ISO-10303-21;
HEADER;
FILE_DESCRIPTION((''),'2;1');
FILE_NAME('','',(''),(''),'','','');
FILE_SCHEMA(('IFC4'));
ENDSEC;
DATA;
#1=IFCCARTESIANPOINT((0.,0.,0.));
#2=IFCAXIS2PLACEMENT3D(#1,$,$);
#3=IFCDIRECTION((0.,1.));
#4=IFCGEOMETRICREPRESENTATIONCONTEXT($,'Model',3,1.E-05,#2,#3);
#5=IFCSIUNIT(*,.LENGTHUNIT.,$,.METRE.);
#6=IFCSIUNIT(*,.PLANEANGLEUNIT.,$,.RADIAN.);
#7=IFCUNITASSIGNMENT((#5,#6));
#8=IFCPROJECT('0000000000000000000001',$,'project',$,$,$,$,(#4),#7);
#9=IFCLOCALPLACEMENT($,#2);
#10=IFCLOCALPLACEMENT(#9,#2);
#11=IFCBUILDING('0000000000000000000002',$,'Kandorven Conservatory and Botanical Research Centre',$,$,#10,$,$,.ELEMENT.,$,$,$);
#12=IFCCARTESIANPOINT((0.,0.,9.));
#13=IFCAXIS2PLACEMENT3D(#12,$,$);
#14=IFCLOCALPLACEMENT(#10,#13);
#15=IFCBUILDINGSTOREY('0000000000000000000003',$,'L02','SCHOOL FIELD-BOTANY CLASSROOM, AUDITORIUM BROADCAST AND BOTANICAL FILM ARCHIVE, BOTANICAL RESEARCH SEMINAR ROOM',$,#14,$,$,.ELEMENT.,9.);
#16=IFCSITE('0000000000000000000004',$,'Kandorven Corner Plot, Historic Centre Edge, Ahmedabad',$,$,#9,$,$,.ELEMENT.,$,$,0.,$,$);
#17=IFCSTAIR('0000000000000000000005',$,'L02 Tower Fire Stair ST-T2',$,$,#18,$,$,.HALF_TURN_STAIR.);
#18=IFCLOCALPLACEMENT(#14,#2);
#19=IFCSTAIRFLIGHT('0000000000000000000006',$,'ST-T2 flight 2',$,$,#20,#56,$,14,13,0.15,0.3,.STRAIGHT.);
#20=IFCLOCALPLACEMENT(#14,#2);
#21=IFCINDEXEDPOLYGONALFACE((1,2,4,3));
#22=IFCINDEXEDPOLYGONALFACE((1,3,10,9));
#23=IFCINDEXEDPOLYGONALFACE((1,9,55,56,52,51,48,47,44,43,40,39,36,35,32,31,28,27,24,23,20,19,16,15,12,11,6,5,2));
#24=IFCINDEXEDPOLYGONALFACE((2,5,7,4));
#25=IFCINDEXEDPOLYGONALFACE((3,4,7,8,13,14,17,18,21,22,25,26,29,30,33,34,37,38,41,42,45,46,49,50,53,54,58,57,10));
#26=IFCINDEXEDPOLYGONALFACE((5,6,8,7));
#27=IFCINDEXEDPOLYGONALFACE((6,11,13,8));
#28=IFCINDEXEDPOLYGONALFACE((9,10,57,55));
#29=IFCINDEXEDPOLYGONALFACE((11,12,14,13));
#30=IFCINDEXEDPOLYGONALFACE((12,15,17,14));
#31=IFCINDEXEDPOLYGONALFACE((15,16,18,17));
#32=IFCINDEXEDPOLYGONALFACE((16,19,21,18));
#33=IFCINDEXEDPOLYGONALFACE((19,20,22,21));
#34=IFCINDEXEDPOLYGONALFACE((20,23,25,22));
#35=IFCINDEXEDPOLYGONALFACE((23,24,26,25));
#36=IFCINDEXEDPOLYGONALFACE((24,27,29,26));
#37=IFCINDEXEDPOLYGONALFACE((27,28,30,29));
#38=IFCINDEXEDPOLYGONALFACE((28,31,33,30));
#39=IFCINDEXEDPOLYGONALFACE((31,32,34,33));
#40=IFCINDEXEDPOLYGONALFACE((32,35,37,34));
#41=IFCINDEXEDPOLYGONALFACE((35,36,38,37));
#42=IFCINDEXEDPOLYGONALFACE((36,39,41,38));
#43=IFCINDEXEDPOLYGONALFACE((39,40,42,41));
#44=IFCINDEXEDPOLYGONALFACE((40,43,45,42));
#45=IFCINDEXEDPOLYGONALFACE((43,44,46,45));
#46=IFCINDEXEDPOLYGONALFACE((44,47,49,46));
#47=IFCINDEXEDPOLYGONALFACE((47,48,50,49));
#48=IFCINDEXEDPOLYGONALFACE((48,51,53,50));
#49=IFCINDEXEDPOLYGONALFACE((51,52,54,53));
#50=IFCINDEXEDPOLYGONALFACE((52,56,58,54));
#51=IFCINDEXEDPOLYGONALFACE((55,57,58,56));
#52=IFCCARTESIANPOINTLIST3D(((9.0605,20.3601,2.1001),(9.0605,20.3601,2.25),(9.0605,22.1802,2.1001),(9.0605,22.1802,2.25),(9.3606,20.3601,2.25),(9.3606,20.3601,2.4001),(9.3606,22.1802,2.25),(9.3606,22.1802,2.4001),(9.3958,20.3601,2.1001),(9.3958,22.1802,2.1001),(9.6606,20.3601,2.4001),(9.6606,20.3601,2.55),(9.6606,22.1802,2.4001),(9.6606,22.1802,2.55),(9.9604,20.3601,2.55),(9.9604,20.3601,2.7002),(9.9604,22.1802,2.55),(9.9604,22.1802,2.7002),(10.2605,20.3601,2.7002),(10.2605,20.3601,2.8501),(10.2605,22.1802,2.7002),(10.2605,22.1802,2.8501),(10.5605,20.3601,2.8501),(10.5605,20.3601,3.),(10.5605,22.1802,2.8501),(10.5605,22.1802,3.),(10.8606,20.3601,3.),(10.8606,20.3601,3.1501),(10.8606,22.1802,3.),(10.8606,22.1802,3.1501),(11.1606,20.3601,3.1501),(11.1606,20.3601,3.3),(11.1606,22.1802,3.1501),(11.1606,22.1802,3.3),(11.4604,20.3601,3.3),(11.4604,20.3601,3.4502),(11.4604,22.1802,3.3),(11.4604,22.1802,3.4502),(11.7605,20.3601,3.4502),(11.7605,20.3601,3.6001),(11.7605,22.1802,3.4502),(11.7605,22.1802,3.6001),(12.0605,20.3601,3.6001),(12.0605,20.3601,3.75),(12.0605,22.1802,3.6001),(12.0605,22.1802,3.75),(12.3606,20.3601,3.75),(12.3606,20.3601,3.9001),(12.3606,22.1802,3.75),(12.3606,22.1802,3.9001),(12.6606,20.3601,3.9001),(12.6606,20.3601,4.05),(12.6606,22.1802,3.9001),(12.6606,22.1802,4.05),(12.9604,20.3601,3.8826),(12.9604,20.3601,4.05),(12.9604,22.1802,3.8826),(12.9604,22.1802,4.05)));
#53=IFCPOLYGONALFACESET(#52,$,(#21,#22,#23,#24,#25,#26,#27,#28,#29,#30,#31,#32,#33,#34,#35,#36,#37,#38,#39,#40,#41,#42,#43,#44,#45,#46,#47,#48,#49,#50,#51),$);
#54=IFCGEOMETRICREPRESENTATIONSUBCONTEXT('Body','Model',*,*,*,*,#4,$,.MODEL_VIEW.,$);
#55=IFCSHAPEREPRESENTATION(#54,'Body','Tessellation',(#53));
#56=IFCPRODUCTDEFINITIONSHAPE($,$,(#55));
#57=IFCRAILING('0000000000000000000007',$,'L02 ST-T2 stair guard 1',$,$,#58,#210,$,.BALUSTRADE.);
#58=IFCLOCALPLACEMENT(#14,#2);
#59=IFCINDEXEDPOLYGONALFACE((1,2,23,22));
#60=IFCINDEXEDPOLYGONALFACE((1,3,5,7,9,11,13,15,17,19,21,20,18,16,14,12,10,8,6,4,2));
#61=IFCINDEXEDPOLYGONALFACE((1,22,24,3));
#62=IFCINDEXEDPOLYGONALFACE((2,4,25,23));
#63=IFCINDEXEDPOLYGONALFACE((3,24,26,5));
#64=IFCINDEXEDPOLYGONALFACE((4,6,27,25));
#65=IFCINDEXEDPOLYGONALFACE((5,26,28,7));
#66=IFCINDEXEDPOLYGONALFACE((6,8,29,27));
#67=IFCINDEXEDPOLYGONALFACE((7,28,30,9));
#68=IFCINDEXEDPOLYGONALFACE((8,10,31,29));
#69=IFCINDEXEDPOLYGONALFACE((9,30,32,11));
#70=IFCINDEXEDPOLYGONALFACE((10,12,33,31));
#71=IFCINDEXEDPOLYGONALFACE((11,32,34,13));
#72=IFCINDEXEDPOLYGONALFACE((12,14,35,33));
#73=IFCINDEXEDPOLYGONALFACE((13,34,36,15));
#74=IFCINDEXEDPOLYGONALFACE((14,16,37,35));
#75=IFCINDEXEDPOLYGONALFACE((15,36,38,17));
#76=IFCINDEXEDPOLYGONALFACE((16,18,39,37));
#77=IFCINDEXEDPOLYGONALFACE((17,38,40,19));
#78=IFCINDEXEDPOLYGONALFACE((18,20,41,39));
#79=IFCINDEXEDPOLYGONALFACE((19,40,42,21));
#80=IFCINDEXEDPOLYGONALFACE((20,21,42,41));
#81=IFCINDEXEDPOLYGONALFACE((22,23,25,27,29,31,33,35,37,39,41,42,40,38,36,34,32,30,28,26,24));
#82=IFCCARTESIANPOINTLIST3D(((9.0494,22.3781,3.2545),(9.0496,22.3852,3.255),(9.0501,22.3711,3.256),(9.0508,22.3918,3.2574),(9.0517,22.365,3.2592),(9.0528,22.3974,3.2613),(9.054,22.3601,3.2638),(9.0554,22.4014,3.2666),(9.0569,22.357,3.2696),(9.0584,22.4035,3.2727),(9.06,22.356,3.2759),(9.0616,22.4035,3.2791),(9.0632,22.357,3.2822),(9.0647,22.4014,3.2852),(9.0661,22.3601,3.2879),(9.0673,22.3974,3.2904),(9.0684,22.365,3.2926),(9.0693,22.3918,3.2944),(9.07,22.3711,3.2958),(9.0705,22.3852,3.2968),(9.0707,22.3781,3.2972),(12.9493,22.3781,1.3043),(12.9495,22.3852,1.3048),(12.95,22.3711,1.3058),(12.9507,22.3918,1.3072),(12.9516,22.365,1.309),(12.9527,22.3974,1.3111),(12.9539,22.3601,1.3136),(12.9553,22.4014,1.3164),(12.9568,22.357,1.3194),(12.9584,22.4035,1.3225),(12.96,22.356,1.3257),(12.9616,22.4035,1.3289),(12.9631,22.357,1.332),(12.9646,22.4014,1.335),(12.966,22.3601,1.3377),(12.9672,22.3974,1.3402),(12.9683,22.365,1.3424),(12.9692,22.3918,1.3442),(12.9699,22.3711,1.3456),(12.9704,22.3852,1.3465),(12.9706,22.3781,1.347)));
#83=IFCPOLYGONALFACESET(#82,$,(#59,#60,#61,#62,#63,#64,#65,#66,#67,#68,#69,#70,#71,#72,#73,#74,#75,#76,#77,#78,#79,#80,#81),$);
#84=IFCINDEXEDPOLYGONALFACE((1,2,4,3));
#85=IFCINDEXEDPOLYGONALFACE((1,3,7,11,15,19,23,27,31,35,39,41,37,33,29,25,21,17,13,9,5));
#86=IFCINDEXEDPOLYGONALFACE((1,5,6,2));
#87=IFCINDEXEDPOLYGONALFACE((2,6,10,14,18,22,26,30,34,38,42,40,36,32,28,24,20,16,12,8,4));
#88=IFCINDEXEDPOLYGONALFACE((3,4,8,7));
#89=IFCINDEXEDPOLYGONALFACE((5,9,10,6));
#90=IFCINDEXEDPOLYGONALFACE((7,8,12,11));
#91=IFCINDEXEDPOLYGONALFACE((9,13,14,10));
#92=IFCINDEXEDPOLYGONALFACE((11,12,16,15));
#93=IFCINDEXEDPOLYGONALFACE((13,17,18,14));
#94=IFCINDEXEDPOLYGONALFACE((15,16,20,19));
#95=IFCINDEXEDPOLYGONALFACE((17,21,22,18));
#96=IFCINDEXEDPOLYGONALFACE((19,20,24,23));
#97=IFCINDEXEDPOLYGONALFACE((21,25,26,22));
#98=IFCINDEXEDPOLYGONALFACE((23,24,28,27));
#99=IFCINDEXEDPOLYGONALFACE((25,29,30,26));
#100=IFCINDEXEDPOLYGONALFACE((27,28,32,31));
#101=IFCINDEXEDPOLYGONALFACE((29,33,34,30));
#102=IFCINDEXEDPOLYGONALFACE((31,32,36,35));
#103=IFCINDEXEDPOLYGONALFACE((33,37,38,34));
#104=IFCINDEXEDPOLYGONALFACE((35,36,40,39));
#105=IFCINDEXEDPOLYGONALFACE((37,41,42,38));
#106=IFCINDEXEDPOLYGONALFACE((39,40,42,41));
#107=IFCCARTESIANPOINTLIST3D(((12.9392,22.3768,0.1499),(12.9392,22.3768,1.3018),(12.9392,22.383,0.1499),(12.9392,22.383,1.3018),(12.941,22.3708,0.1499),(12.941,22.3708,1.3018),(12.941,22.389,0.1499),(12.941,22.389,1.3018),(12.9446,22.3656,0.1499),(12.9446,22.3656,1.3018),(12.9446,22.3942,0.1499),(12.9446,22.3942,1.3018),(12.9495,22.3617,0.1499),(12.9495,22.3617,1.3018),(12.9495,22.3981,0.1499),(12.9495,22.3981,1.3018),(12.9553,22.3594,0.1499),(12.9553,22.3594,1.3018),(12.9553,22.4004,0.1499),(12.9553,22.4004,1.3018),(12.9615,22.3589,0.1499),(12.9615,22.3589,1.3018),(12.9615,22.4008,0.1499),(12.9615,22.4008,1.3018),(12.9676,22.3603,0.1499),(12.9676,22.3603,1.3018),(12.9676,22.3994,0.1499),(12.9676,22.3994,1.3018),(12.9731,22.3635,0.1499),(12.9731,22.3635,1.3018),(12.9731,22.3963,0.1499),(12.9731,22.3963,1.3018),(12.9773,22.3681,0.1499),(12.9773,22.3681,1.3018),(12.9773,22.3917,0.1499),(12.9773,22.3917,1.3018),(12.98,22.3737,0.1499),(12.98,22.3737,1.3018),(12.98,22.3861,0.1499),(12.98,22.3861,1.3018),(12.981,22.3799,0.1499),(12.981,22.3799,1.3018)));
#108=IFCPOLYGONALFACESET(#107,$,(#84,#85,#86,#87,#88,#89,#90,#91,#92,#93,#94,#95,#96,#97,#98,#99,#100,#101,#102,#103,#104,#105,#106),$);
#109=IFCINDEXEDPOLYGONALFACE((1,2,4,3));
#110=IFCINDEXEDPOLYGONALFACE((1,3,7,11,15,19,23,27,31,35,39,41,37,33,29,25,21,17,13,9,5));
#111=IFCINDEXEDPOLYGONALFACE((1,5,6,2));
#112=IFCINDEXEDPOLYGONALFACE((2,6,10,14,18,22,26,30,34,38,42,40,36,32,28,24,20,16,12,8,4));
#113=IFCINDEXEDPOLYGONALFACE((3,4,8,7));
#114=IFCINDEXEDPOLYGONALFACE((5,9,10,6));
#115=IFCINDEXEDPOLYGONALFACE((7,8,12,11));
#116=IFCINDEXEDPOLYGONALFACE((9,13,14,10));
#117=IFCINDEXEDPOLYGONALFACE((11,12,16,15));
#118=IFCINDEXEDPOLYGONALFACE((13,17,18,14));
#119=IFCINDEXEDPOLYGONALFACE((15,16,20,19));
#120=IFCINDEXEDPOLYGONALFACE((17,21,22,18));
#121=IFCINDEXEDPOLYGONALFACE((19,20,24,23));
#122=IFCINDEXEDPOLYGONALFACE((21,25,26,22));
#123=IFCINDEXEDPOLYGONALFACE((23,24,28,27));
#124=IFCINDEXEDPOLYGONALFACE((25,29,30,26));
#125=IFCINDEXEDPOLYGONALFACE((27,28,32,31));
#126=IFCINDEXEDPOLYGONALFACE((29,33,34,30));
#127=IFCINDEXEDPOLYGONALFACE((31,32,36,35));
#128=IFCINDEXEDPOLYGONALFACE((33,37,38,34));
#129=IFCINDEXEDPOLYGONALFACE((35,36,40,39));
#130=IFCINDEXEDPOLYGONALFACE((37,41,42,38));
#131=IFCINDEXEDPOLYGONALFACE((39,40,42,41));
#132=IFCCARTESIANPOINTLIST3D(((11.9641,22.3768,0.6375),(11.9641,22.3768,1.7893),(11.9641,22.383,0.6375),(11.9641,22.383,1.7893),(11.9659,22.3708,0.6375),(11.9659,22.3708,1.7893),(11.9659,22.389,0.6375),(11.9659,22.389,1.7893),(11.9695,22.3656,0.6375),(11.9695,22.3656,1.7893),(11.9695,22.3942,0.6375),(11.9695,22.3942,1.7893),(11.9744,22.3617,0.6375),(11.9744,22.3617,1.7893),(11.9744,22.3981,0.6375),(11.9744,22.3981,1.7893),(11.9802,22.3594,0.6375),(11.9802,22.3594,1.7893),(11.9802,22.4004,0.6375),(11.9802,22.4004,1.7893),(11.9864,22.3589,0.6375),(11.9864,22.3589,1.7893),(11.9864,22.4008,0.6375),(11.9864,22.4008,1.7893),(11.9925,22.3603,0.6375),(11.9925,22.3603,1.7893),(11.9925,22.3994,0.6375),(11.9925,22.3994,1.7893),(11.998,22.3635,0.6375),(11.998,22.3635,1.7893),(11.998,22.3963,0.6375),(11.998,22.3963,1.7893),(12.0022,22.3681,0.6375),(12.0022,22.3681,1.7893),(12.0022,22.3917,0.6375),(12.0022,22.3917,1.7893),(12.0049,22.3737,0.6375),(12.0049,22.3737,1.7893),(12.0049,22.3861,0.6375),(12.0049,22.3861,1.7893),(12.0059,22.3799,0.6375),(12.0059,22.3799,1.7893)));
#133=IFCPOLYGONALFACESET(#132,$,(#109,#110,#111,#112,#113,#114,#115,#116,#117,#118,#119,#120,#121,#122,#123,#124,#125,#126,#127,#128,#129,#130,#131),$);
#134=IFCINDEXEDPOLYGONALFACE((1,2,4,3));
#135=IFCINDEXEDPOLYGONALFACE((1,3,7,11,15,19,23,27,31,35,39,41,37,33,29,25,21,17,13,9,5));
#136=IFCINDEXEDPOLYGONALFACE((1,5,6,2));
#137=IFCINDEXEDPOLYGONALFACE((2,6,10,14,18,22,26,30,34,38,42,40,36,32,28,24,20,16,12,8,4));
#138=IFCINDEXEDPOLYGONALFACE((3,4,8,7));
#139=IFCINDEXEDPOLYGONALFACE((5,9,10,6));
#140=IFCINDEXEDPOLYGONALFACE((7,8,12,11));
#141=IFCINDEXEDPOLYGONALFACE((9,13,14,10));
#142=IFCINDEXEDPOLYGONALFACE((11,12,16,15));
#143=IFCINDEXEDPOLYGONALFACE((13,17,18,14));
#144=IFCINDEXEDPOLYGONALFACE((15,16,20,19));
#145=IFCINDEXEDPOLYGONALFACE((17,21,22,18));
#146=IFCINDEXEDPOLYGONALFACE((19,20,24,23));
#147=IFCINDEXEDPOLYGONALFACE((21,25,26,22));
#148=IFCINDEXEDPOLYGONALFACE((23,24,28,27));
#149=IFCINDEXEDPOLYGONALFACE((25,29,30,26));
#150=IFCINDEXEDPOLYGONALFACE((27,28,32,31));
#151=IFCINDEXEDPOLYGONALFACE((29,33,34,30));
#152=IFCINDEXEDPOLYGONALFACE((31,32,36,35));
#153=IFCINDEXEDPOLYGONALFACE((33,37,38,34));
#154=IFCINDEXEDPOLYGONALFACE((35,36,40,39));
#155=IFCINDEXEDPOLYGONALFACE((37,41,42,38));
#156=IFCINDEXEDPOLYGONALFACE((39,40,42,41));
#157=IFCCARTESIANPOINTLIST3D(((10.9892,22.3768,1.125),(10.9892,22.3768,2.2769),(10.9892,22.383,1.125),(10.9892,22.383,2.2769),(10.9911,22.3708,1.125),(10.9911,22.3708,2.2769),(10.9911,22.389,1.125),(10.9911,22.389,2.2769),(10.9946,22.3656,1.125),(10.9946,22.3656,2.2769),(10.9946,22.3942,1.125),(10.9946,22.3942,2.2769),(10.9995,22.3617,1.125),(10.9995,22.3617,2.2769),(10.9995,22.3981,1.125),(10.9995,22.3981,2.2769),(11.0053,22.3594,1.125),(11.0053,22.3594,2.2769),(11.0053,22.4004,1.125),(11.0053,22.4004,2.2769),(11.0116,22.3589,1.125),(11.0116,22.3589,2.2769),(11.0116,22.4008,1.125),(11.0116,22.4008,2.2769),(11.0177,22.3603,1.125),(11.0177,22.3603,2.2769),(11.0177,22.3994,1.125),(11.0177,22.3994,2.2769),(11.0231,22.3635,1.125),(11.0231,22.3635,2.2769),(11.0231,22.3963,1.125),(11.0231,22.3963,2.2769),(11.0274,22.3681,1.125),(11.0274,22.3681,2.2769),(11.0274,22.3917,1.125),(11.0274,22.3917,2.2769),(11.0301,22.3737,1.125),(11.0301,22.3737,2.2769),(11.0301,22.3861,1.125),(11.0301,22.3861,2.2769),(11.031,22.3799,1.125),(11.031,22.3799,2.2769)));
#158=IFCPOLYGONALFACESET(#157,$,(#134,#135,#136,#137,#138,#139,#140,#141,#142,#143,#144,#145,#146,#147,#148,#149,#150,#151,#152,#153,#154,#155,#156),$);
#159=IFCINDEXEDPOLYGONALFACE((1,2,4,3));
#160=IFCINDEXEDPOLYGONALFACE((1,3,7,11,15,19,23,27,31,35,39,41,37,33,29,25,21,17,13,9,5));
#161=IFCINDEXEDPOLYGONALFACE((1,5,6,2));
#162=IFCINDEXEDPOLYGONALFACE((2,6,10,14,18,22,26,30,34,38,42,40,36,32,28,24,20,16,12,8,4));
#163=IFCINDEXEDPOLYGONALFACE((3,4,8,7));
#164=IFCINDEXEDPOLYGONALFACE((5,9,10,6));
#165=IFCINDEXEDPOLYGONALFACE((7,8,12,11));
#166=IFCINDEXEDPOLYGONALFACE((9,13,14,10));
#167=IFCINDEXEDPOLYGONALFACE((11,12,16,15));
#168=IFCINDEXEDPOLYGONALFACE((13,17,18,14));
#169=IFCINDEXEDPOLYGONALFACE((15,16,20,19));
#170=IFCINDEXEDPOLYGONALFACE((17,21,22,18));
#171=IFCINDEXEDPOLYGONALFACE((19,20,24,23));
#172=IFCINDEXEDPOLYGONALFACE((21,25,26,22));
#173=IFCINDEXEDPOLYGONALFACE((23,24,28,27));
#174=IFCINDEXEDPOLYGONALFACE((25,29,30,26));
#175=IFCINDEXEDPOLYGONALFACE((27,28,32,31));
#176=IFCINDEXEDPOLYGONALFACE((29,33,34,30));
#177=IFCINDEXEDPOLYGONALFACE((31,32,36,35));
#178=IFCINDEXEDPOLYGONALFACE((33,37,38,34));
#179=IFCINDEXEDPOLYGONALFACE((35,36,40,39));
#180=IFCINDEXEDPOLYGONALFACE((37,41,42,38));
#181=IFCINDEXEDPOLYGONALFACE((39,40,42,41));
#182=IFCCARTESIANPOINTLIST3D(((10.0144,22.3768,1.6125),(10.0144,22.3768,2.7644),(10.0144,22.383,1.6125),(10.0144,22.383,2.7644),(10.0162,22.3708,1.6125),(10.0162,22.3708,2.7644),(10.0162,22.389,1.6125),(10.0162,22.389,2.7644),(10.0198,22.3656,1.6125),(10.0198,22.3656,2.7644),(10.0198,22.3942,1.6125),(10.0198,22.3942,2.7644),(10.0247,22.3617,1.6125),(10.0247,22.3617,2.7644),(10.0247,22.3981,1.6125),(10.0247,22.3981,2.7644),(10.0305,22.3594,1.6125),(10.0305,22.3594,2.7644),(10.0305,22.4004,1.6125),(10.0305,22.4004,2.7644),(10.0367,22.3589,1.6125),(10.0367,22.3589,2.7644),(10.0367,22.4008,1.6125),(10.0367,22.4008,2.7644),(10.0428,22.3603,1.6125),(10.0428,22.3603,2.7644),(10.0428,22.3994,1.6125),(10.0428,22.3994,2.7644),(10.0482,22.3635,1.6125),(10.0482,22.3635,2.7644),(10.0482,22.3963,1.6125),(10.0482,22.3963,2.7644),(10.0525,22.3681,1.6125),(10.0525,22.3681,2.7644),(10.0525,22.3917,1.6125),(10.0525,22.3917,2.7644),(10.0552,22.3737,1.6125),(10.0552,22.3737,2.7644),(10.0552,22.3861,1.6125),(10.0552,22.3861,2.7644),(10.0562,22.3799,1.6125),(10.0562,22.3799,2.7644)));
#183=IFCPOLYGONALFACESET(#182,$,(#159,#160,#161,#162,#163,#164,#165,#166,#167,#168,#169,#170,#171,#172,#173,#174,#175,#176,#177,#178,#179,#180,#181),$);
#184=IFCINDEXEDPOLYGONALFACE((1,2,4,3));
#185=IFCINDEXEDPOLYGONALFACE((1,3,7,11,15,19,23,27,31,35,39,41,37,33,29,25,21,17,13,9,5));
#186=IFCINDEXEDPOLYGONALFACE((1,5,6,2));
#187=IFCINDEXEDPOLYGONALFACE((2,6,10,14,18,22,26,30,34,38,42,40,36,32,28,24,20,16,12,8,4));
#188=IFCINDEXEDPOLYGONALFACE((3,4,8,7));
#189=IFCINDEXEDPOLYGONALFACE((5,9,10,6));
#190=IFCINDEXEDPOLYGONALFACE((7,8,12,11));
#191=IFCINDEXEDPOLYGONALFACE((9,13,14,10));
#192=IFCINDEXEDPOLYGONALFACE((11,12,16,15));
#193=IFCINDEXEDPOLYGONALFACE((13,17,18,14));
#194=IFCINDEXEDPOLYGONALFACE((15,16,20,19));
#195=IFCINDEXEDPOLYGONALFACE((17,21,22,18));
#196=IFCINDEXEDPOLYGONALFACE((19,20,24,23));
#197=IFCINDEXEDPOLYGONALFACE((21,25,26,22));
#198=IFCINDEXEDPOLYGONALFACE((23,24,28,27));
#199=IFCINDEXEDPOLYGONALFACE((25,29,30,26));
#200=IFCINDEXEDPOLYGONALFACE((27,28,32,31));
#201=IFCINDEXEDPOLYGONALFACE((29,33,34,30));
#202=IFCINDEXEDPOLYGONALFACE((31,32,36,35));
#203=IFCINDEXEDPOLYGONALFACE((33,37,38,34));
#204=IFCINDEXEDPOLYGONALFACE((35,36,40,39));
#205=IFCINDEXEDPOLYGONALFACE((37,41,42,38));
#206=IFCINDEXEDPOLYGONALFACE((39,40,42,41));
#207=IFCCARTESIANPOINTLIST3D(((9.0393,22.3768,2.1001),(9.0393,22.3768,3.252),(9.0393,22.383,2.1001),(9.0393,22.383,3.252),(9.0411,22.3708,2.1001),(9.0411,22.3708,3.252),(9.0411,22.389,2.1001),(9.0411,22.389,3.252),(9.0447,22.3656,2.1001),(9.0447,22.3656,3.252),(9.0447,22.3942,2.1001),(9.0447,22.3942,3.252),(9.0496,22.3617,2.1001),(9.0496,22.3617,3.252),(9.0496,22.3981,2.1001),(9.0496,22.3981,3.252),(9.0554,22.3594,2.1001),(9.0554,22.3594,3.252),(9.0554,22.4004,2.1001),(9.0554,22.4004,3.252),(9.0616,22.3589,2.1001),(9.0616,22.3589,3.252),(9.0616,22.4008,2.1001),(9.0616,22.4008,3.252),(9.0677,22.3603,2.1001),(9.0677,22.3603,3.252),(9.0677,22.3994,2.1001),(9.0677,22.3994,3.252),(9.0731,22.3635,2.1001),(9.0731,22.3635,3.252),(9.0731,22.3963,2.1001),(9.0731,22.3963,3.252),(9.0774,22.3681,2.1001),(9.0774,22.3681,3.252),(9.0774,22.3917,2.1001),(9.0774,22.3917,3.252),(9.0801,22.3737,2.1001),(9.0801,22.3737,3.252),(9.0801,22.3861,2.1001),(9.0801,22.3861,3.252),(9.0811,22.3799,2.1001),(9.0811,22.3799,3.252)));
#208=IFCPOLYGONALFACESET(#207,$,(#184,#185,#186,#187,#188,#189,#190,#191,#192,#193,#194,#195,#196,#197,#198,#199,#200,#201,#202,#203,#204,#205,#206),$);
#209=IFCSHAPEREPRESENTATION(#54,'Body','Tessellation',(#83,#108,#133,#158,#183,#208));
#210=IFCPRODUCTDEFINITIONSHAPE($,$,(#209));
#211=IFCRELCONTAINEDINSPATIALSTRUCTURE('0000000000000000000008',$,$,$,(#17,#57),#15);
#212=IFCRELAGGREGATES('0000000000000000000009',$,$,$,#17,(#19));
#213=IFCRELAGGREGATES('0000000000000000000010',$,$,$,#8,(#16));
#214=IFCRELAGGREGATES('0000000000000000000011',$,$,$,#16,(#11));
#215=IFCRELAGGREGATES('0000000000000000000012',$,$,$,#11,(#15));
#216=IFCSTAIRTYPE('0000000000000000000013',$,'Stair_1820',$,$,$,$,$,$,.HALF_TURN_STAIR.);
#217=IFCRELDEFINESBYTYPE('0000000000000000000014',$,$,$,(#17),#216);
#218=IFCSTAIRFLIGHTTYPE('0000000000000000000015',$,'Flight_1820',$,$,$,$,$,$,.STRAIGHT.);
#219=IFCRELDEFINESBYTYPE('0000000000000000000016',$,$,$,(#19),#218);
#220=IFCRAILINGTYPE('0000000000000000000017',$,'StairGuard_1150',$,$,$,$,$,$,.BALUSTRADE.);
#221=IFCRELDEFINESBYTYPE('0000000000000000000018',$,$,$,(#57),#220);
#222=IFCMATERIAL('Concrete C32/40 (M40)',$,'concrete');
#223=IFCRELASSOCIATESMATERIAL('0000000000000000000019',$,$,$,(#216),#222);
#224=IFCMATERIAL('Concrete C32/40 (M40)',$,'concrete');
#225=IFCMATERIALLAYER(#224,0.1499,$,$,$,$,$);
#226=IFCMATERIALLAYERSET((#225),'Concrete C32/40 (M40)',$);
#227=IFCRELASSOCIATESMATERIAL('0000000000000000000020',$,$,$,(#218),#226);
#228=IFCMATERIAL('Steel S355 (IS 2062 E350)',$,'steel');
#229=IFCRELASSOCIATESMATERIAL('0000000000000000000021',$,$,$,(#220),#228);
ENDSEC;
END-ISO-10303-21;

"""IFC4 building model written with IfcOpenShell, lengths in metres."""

from ifc_helpers import new_model, si_unit, direction, frame, origin, origin_2d, place, context, subcontext, project, spatial, polyline, circle, outline, extrude, material, layer, layer_set, type_object, element, aggregate, save


model = new_model("IFC4")

# Units and contexts
model_context = context("Model", 3, precision=1e-05, world=origin(), true_north=direction((0.0, 1.0)))
body_context = subcontext(model_context, "Body", "Model", "MODEL_VIEW")
ifc_project = project(units=[si_unit("LENGTHUNIT", "METRE"), si_unit("PLANEANGLEUNIT", "RADIAN")], contexts=[model_context])

# Site, building, storey
site_placement = place(None, origin())
site = spatial("IfcSite", under=ifc_project, at=site_placement, Name="Kandorven Corner Plot, Historic Centre Edge, Ahmedabad", CompositionType="ELEMENT", RefElevation=0.0)
building_placement = place(site_placement, origin())
building = spatial("IfcBuilding", under=site, at=building_placement, Name="Kandorven Conservatory and Botanical Research Centre", CompositionType="ELEMENT")
storey_placement = place(building_placement, frame((0.0, 0.0, 9.0)))
storey = spatial("IfcBuildingStorey", under=building, at=storey_placement, Name="L02", Description="SCHOOL FIELD-BOTANY CLASSROOM, AUDITORIUM BROADCAST AND BOTANICAL FILM ARCHIVE, BOTANICAL RESEARCH SEMINAR ROOM", CompositionType="ELEMENT", Elevation=9.0)

# Stair, stair flight
ifc_material_1 = material(Name="Concrete C32/40 (M40)", Category="concrete")
stair_type = type_object("IfcStairType", Name="Stair_1820", PredefinedType="HALF_TURN_STAIR", material=ifc_material_1)
stair_placement = place(storey_placement, origin())
stair = element("IfcStair", 1, at=stair_placement, inside=storey, type_object=stair_type, Name="L02 Tower Fire Stair ST-T2", PredefinedType="HALF_TURN_STAIR")
ifc_material_2 = material(Name="Concrete C32/40 (M40)", Category="concrete")
ifc_layer_1 = layer(ifc_material_2, 0.1499)
ifc_layer_set_1 = layer_set([ifc_layer_1], Name="Concrete C32/40 (M40)")
stair_flight_type = type_object("IfcStairFlightType", Name="Flight_1820", PredefinedType="STRAIGHT", material=ifc_layer_set_1)
stair_flight_1_placement = place(storey_placement, frame((9.0605, 21.27, 2.1001), z_axis=(0.0, 0.0, 1.0), x_axis=(1.0, 0.0, 0.0)))
stair_flight_1 = element("IfcStairFlight", 2, at=stair_flight_1_placement, type_object=stair_flight_type, Name="ST-T2 flight 2", NumberOfRisers=14, NumberOfTreads=13, PredefinedType="STRAIGHT", RiserHeight=0.15, TreadLength=0.3, context=body_context, shape_type="SweptSolid", body=[
    extrude(outline(polyline([(0.0, 0.0), (0.0, 0.1499), (0.3, 0.1499), (0.3, 0.3), (0.6001, 0.3), (0.6001, 0.45), (0.8999, 0.45), (0.8999, 0.6001), (1.2, 0.6001), (1.2, 0.75), (1.5, 0.75), (1.5, 0.8999), (1.8, 0.8999), (1.8, 1.05), (2.1001, 1.05), (2.1001, 1.2), (2.3999, 1.2), (2.3999, 1.3501), (2.7, 1.3501), (2.7, 1.5), (3.0, 1.5), (3.0, 1.6499), (3.3, 1.6499), (3.3, 1.8), (3.6001, 1.8), (3.6001, 1.95), (3.8999, 1.95), (3.8999, 2.1001), (3.8999, 1.7825), (0.3352, 0.0), (0.0, 0.0)])), frame((0.0, 0.9102, 0.0), z_axis=(0.0, -1.0, 0.0), x_axis=(1.0, 0.0, 0.0)), (0.0, 0.0, 1.0), 1.8201),
])
aggregate(stair, [stair_flight_1])

# Railing
ifc_material_3 = material(Name="Steel S355 (IS 2062 E350)", Category="steel")
railing_type_1 = type_object("IfcRailingType", Name="StairGuard_1150", PredefinedType="BALUSTRADE", material=ifc_material_3)
railing_1_placement = place(storey_placement, frame((12.96, 22.3799, 0.1499)))
element("IfcRailing", 3, at=railing_1_placement, inside=storey, type_object=railing_type_1, Name="L02 ST-T2 stair guard 1", PredefinedType="BALUSTRADE", context=body_context, shape_type="SweptSolid", body=[
    extrude(circle(Radius=0.0239, at=origin_2d()), frame((0.0, 0.0, 1.1758), z_axis=(-0.894405, 0.0, 0.447258), x_axis=(0.0, -1.0, 0.0)), (0.0, 0.0, 1.0), 4.3604),
    extrude(circle(Radius=0.021, at=origin_2d()), origin(), (0.0, 0.0, 1.0), 1.1519),
    extrude(circle(Radius=0.021, at=origin_2d()), frame((-0.9751, 0.0, 0.4875)), (0.0, 0.0, 1.0), 1.1519),
    extrude(circle(Radius=0.021, at=origin_2d()), frame((-1.95, 0.0, 0.9751)), (0.0, 0.0, 1.0), 1.1519),
    extrude(circle(Radius=0.021, at=origin_2d()), frame((-2.9248, 0.0, 1.4626)), (0.0, 0.0, 1.0), 1.1519),
    extrude(circle(Radius=0.021, at=origin_2d()), frame((-3.8999, 0.0, 1.9502)), (0.0, 0.0, 1.0), 1.1519),
])

save(model, "model.ifc")
